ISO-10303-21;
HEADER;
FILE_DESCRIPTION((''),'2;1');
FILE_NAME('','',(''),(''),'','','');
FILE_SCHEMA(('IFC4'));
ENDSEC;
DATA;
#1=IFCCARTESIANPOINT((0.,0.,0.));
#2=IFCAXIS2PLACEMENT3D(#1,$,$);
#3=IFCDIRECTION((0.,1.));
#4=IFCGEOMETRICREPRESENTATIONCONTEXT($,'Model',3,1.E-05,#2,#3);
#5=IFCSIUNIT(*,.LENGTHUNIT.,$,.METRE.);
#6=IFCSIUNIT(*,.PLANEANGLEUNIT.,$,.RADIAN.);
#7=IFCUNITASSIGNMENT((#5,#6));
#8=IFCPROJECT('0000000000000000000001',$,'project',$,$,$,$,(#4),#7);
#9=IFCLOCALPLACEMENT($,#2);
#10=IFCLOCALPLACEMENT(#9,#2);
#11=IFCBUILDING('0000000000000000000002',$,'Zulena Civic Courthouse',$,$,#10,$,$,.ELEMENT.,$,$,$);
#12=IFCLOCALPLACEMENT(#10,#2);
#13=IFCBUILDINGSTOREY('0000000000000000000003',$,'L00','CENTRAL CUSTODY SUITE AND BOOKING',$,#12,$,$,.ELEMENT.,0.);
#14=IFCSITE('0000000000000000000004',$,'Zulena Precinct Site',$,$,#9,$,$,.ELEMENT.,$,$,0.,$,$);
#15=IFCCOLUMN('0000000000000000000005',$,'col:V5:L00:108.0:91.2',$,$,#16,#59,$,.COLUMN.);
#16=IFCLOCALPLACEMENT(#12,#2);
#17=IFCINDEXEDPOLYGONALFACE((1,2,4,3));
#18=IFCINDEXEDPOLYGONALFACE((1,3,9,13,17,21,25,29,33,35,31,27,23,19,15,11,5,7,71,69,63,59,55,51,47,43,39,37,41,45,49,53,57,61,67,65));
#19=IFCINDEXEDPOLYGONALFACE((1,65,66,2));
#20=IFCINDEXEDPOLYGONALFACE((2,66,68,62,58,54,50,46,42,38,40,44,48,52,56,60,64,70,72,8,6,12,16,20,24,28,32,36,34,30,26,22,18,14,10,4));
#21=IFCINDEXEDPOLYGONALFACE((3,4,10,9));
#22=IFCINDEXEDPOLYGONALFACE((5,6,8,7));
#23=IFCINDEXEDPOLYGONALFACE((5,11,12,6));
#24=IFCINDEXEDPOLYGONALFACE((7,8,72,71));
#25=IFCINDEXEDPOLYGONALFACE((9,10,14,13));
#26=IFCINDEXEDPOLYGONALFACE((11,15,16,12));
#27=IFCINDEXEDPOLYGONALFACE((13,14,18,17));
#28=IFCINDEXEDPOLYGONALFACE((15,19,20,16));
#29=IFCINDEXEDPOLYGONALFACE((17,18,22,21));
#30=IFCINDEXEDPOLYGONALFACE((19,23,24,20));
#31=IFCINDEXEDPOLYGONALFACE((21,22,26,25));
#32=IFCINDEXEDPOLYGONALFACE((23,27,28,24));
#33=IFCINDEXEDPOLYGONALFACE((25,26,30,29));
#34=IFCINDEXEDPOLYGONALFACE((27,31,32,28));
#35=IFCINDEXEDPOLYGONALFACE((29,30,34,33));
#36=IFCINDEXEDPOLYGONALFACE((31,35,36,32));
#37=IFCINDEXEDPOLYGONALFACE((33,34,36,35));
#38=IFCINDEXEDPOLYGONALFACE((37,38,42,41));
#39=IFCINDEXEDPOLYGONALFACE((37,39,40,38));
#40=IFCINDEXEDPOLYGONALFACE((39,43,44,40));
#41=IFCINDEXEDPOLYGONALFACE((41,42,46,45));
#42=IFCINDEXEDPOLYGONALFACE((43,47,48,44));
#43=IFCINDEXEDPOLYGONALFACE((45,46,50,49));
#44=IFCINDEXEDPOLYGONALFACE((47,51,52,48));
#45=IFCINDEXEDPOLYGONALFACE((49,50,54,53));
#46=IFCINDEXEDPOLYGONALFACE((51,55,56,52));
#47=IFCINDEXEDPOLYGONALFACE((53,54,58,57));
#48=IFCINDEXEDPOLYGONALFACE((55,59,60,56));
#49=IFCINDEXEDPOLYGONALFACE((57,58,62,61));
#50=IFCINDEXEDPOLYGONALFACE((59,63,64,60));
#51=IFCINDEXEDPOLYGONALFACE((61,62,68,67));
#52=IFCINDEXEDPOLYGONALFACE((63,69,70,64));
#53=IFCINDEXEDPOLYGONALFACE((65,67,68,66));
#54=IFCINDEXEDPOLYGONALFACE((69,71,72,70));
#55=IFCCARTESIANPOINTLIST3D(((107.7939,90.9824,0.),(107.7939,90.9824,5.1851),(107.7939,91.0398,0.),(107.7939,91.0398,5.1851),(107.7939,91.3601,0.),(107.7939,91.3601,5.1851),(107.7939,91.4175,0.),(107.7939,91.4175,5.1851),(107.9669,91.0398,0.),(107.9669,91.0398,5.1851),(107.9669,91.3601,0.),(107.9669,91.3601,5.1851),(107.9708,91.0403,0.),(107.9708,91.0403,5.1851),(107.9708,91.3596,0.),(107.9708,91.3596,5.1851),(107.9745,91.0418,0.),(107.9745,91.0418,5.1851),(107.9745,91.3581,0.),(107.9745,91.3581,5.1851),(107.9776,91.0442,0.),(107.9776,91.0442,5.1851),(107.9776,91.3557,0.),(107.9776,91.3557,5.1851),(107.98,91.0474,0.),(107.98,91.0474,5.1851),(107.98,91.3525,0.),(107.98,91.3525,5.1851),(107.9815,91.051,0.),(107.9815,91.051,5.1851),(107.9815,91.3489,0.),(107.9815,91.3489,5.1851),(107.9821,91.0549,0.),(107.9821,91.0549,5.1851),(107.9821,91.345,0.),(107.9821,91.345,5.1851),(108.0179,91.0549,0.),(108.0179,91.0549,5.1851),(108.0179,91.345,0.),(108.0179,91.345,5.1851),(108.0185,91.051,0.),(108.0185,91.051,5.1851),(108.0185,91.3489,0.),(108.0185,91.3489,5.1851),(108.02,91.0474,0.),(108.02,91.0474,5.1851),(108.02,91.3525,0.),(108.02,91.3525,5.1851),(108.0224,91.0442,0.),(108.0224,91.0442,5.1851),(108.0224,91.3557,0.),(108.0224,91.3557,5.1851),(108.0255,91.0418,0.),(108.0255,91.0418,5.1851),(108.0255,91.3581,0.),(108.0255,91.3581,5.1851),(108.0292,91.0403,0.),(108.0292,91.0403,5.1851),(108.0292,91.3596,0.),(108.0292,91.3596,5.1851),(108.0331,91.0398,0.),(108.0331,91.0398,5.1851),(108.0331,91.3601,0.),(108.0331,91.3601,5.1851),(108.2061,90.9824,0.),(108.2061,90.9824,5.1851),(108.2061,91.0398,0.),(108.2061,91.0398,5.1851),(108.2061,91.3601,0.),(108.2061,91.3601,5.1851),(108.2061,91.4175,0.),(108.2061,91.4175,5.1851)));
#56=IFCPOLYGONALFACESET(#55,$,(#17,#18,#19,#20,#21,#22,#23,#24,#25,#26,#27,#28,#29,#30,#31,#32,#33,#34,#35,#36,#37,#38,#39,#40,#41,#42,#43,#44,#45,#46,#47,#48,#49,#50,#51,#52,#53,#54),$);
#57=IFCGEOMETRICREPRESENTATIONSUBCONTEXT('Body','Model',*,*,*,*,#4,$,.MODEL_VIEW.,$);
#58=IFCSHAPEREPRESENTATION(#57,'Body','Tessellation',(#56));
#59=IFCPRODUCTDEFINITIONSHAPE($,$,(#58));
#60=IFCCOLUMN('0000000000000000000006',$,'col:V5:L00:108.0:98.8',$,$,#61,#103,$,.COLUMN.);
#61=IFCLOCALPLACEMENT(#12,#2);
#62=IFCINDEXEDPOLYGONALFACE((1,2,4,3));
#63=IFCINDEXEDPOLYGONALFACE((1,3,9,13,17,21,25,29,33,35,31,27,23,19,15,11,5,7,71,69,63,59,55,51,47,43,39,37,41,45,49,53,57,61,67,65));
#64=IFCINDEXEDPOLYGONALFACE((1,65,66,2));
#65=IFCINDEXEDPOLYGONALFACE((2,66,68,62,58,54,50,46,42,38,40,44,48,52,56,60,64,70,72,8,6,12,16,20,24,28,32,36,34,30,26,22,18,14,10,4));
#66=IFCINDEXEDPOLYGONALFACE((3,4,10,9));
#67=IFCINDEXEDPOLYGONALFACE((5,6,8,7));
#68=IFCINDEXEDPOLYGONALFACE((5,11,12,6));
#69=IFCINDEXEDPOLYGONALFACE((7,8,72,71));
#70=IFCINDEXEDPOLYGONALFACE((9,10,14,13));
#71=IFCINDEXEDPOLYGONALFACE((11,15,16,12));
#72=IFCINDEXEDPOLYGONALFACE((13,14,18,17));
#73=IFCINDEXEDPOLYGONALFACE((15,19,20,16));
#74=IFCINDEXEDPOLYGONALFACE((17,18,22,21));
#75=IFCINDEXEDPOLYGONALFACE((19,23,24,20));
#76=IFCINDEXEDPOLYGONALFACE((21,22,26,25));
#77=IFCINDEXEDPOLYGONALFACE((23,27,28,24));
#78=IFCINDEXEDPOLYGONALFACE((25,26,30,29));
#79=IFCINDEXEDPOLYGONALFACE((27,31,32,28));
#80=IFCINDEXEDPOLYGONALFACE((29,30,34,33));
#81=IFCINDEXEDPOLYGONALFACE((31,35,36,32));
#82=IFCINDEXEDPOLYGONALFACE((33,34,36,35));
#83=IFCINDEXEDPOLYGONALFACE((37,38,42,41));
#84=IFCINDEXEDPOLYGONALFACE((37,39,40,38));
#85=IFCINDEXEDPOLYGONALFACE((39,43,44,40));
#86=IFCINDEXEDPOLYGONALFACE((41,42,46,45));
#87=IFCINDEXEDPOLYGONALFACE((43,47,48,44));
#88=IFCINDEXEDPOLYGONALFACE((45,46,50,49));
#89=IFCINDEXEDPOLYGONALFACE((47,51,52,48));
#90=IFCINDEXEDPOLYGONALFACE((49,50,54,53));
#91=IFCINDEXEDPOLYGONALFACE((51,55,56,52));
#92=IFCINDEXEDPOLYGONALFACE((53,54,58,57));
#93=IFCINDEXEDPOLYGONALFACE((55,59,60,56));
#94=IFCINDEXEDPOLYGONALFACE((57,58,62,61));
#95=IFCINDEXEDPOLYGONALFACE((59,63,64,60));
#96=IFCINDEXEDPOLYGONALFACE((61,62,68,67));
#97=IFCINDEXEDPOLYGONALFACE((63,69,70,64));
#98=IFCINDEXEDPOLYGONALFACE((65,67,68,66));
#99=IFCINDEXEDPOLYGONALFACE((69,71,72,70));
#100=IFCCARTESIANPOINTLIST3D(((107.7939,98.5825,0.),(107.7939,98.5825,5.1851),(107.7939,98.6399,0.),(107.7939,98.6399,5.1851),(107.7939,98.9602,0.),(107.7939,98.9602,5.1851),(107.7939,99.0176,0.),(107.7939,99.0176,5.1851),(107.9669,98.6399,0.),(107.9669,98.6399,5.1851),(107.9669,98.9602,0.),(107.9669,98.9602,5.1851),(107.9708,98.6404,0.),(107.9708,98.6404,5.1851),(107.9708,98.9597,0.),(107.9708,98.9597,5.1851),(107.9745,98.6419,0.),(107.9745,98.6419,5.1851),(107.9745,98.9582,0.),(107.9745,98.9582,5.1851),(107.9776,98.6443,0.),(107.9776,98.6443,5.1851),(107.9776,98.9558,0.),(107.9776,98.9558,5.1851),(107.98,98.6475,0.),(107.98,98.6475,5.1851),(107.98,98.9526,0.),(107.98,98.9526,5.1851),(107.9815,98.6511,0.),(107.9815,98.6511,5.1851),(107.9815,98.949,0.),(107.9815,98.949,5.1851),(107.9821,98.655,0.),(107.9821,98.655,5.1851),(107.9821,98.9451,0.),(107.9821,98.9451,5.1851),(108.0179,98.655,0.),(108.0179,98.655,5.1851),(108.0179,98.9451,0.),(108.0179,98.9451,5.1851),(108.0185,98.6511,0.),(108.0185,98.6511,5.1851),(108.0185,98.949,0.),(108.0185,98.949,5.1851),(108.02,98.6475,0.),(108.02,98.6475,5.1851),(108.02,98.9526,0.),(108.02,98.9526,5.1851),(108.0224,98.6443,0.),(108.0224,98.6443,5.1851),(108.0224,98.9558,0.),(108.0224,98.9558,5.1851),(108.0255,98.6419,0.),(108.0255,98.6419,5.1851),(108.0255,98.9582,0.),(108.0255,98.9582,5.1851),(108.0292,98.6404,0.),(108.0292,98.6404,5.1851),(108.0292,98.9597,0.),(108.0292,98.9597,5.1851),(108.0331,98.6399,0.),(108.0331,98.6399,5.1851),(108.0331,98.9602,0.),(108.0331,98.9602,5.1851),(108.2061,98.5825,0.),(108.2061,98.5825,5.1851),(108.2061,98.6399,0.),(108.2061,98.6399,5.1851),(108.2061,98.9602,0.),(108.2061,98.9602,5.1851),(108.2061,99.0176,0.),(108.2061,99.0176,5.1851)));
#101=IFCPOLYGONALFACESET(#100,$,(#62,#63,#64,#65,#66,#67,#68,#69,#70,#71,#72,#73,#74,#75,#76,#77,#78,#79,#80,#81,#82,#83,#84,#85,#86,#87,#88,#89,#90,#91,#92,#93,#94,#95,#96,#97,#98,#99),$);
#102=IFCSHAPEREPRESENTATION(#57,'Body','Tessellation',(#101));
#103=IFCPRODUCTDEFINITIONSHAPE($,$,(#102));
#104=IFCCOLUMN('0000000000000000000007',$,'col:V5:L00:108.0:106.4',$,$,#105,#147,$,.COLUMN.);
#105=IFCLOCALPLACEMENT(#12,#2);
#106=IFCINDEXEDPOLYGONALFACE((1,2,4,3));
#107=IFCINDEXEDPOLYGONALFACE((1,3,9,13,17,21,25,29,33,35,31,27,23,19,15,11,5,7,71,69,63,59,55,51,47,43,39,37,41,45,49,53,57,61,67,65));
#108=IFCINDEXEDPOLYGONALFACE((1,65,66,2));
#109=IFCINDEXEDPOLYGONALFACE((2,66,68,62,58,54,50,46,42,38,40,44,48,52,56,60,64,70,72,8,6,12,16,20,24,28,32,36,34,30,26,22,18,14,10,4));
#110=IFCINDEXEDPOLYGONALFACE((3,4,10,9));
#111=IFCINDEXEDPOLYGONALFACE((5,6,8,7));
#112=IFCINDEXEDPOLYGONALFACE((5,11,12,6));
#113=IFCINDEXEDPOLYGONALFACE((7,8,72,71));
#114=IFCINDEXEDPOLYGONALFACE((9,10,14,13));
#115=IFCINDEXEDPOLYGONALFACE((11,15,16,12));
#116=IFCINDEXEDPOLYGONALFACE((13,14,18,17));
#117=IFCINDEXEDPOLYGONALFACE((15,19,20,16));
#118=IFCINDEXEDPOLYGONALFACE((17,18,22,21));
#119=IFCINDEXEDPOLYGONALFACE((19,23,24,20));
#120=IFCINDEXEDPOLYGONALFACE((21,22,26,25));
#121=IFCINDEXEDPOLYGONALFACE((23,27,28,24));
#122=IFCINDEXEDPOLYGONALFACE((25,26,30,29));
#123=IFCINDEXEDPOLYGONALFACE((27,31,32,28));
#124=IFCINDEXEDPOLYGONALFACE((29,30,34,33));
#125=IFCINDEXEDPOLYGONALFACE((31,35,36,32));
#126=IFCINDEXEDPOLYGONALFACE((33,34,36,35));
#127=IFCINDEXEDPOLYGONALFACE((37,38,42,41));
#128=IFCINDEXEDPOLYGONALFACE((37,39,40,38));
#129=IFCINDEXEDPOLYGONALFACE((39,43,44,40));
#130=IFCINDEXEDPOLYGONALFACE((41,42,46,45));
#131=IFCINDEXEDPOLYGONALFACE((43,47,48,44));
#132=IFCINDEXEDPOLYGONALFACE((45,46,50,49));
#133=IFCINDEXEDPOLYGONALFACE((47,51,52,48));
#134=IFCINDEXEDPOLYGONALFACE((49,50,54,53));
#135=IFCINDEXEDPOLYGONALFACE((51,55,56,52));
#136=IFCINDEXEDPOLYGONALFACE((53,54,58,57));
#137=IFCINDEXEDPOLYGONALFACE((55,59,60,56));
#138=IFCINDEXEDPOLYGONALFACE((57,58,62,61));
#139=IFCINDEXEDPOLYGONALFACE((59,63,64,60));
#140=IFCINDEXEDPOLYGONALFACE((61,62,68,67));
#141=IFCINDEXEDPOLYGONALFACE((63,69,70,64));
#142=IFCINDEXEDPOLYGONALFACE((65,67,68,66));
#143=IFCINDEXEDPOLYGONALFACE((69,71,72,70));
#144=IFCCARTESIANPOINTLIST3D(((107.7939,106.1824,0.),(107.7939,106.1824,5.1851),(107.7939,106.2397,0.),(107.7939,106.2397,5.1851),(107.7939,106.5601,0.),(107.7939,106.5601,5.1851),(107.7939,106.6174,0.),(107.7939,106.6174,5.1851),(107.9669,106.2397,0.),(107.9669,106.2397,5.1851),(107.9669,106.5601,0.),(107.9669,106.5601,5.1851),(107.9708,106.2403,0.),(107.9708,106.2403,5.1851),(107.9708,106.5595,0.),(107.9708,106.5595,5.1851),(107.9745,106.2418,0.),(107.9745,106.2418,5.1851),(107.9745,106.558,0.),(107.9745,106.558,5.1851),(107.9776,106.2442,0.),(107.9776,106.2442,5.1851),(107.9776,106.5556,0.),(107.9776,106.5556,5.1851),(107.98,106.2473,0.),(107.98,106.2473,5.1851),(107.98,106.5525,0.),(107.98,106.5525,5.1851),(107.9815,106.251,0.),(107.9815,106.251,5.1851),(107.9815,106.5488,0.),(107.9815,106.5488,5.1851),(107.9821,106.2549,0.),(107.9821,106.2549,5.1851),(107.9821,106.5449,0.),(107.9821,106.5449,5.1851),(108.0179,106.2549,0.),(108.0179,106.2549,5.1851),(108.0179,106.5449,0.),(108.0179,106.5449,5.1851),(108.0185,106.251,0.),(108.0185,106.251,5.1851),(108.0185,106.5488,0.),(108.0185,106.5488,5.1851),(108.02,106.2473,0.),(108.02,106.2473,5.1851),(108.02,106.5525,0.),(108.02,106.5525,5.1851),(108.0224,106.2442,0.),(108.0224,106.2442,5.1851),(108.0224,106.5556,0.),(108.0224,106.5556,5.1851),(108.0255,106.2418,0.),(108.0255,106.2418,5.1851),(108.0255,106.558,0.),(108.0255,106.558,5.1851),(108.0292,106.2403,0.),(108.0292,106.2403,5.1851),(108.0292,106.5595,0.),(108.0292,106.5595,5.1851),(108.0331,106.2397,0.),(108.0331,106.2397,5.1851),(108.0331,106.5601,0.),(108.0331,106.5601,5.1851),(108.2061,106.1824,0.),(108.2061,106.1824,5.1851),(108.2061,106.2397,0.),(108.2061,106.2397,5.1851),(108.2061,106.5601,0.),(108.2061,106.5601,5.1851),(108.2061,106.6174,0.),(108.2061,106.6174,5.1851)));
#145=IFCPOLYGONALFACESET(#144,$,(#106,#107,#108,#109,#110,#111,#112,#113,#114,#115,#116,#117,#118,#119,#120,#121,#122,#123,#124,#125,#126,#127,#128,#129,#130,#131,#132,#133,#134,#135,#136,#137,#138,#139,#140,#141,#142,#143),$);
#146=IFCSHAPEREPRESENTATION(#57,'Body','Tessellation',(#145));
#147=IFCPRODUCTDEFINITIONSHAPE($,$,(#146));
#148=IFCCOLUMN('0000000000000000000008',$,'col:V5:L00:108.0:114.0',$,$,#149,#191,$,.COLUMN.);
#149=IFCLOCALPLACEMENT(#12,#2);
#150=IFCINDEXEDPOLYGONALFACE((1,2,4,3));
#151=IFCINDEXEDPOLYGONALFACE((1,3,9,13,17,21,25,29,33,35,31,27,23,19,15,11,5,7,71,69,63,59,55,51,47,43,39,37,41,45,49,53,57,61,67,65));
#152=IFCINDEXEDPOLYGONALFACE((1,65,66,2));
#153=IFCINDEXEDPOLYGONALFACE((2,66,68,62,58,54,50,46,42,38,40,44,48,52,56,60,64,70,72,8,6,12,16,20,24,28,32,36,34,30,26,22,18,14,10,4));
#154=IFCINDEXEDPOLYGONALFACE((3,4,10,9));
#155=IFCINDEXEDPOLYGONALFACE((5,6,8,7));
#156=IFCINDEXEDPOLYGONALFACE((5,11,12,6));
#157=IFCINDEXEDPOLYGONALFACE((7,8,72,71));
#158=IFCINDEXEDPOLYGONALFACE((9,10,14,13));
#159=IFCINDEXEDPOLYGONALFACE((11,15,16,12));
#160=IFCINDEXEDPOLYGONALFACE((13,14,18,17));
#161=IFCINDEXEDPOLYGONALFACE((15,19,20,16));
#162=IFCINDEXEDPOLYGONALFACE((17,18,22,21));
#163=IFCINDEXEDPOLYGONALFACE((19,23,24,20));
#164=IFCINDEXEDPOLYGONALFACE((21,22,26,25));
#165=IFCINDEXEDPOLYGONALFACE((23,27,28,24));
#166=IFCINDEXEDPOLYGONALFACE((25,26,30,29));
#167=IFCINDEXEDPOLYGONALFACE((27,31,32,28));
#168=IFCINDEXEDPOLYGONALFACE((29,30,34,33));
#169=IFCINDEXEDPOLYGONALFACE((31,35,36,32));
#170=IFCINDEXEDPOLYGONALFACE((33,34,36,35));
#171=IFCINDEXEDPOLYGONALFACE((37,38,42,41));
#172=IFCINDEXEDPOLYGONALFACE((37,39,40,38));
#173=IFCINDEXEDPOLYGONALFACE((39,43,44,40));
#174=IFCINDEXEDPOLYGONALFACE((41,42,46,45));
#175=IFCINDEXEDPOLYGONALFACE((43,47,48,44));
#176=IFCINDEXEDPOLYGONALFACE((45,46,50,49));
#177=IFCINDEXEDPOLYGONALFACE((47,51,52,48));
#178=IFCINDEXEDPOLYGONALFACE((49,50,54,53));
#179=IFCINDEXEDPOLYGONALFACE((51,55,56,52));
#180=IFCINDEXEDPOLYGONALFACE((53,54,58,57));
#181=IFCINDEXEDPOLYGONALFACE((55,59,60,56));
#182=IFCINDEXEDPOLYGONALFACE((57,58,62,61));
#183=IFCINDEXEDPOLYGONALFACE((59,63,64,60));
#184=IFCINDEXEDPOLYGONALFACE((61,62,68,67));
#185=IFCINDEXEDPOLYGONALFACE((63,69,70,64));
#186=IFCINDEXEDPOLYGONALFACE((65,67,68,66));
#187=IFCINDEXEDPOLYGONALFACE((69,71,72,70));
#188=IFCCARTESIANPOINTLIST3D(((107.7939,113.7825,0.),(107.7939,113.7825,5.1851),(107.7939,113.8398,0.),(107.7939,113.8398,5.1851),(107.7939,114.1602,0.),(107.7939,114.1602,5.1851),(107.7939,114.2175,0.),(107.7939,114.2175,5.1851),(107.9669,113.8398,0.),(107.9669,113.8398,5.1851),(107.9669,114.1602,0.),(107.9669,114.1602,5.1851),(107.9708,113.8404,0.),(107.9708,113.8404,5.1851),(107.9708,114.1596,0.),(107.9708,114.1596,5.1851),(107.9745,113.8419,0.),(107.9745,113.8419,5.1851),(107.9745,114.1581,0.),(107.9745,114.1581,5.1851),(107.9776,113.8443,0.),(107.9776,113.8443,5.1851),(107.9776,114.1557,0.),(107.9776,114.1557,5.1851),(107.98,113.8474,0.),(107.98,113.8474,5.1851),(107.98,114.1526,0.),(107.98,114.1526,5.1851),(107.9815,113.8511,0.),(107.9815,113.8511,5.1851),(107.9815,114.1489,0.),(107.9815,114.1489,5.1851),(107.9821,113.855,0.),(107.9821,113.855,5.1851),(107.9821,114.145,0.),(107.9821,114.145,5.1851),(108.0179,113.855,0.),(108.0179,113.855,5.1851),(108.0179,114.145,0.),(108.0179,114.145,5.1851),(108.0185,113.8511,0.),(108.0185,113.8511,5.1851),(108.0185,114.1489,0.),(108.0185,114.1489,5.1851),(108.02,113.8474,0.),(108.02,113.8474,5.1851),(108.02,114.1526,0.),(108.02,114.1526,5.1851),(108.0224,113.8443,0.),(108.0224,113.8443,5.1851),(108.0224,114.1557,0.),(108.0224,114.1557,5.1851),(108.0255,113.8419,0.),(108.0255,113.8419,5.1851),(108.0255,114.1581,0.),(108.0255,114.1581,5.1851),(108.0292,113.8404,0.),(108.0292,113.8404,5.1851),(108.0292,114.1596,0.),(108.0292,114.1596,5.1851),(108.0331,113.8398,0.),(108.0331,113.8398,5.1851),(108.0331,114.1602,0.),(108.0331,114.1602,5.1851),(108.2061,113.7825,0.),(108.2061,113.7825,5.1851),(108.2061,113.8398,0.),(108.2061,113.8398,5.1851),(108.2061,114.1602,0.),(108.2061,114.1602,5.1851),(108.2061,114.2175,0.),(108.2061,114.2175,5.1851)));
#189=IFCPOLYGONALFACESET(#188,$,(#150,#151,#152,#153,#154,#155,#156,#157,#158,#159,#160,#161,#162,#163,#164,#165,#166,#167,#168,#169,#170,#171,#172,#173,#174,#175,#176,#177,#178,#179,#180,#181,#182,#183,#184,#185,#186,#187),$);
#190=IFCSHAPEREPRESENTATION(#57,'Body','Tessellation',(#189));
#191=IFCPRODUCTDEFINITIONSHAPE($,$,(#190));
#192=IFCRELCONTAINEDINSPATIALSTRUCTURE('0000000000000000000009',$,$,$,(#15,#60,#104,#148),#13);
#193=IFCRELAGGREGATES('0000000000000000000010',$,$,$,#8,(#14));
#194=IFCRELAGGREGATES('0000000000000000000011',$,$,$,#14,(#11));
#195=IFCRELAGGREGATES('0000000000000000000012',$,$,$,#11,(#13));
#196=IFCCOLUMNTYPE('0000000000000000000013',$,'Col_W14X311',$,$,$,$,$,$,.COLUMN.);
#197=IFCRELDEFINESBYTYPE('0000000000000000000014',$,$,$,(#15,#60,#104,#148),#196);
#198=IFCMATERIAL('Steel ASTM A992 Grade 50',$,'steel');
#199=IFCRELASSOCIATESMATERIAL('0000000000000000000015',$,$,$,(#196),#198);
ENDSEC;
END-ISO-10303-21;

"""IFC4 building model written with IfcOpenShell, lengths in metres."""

from ifc_helpers import new_model, si_unit, direction, frame, origin, origin_2d, place, context, subcontext, project, spatial, i_section, extrude, material, material_profile, profile_set, type_object, element, save


model = new_model("IFC4")

# Units and contexts
model_context = context("Model", 3, precision=1e-05, world=origin(), true_north=direction((0.0, 1.0)))
body_context = subcontext(model_context, "Body", "Model", "MODEL_VIEW")
ifc_project = project(units=[si_unit("LENGTHUNIT", "METRE"), si_unit("PLANEANGLEUNIT", "RADIAN")], contexts=[model_context])

# Site, building, storey
site_placement = place(None, origin())
site = spatial("IfcSite", under=ifc_project, at=site_placement, Name="Zulena Precinct Site", CompositionType="ELEMENT", RefElevation=0.0)
building_placement = place(site_placement, origin())
building = spatial("IfcBuilding", under=site, at=building_placement, Name="Zulena Civic Courthouse", CompositionType="ELEMENT")
storey_placement = place(building_placement, origin())
storey = spatial("IfcBuildingStorey", under=building, at=storey_placement, Name="L00", Description="CENTRAL CUSTODY SUITE AND BOOKING", CompositionType="ELEMENT", Elevation=0.0)

# Columns
ifc_material_1 = material(Name="Steel ASTM A992 Grade 50", Category="steel")
ifc_material_profile_1 = material_profile(ifc_material_1, i_section(OverallWidth=0.4121, OverallDepth=0.4351, WebThickness=0.0359, FlangeThickness=0.0574, FilletRadius=0.0151, at=origin_2d()), Name="W14X311")
ifc_profile_set_1 = profile_set([ifc_material_profile_1], Name="Steel ASTM A992 Grade 50")
column_type_1 = type_object("IfcColumnType", Name="Col_W14X311", PredefinedType="COLUMN", material=ifc_profile_set_1)
for number, where, z_axis, x_axis, name in (
    (1, (108.0, 91.2, 0.0), (0.0, 0.0, 1.0), (1.0, 0.0, 0.0), "col:V5:L00:108.0:91.2"),
    (2, (108.0, 98.8, 0.0), (0.0, 0.0, 1.0), (1.0, 0.0, 0.0), "col:V5:L00:108.0:98.8"),
    (3, (108.0, 106.3999, 0.0), (0.0, 0.0, 1.0), (1.0, 0.0, 0.0), "col:V5:L00:108.0:106.4"),
    (4, (108.0, 114.0, 0.0), (0.0, 0.0, 1.0), (1.0, 0.0, 0.0), "col:V5:L00:108.0:114.0"),
):
    element("IfcColumn", number, at=place(storey_placement, frame(where, z_axis=z_axis, x_axis=x_axis)), inside=storey, type_object=column_type_1, Name=name, PredefinedType="COLUMN", context=body_context, shape_type="SweptSolid", body=[
        extrude(i_section(OverallWidth=0.4121, OverallDepth=0.4351, WebThickness=0.0359, FlangeThickness=0.0574, FilletRadius=0.0151, at=origin_2d()), origin(), (0.0, 0.0, 1.0), 5.1851),
    ])

save(model, "model.ifc")
